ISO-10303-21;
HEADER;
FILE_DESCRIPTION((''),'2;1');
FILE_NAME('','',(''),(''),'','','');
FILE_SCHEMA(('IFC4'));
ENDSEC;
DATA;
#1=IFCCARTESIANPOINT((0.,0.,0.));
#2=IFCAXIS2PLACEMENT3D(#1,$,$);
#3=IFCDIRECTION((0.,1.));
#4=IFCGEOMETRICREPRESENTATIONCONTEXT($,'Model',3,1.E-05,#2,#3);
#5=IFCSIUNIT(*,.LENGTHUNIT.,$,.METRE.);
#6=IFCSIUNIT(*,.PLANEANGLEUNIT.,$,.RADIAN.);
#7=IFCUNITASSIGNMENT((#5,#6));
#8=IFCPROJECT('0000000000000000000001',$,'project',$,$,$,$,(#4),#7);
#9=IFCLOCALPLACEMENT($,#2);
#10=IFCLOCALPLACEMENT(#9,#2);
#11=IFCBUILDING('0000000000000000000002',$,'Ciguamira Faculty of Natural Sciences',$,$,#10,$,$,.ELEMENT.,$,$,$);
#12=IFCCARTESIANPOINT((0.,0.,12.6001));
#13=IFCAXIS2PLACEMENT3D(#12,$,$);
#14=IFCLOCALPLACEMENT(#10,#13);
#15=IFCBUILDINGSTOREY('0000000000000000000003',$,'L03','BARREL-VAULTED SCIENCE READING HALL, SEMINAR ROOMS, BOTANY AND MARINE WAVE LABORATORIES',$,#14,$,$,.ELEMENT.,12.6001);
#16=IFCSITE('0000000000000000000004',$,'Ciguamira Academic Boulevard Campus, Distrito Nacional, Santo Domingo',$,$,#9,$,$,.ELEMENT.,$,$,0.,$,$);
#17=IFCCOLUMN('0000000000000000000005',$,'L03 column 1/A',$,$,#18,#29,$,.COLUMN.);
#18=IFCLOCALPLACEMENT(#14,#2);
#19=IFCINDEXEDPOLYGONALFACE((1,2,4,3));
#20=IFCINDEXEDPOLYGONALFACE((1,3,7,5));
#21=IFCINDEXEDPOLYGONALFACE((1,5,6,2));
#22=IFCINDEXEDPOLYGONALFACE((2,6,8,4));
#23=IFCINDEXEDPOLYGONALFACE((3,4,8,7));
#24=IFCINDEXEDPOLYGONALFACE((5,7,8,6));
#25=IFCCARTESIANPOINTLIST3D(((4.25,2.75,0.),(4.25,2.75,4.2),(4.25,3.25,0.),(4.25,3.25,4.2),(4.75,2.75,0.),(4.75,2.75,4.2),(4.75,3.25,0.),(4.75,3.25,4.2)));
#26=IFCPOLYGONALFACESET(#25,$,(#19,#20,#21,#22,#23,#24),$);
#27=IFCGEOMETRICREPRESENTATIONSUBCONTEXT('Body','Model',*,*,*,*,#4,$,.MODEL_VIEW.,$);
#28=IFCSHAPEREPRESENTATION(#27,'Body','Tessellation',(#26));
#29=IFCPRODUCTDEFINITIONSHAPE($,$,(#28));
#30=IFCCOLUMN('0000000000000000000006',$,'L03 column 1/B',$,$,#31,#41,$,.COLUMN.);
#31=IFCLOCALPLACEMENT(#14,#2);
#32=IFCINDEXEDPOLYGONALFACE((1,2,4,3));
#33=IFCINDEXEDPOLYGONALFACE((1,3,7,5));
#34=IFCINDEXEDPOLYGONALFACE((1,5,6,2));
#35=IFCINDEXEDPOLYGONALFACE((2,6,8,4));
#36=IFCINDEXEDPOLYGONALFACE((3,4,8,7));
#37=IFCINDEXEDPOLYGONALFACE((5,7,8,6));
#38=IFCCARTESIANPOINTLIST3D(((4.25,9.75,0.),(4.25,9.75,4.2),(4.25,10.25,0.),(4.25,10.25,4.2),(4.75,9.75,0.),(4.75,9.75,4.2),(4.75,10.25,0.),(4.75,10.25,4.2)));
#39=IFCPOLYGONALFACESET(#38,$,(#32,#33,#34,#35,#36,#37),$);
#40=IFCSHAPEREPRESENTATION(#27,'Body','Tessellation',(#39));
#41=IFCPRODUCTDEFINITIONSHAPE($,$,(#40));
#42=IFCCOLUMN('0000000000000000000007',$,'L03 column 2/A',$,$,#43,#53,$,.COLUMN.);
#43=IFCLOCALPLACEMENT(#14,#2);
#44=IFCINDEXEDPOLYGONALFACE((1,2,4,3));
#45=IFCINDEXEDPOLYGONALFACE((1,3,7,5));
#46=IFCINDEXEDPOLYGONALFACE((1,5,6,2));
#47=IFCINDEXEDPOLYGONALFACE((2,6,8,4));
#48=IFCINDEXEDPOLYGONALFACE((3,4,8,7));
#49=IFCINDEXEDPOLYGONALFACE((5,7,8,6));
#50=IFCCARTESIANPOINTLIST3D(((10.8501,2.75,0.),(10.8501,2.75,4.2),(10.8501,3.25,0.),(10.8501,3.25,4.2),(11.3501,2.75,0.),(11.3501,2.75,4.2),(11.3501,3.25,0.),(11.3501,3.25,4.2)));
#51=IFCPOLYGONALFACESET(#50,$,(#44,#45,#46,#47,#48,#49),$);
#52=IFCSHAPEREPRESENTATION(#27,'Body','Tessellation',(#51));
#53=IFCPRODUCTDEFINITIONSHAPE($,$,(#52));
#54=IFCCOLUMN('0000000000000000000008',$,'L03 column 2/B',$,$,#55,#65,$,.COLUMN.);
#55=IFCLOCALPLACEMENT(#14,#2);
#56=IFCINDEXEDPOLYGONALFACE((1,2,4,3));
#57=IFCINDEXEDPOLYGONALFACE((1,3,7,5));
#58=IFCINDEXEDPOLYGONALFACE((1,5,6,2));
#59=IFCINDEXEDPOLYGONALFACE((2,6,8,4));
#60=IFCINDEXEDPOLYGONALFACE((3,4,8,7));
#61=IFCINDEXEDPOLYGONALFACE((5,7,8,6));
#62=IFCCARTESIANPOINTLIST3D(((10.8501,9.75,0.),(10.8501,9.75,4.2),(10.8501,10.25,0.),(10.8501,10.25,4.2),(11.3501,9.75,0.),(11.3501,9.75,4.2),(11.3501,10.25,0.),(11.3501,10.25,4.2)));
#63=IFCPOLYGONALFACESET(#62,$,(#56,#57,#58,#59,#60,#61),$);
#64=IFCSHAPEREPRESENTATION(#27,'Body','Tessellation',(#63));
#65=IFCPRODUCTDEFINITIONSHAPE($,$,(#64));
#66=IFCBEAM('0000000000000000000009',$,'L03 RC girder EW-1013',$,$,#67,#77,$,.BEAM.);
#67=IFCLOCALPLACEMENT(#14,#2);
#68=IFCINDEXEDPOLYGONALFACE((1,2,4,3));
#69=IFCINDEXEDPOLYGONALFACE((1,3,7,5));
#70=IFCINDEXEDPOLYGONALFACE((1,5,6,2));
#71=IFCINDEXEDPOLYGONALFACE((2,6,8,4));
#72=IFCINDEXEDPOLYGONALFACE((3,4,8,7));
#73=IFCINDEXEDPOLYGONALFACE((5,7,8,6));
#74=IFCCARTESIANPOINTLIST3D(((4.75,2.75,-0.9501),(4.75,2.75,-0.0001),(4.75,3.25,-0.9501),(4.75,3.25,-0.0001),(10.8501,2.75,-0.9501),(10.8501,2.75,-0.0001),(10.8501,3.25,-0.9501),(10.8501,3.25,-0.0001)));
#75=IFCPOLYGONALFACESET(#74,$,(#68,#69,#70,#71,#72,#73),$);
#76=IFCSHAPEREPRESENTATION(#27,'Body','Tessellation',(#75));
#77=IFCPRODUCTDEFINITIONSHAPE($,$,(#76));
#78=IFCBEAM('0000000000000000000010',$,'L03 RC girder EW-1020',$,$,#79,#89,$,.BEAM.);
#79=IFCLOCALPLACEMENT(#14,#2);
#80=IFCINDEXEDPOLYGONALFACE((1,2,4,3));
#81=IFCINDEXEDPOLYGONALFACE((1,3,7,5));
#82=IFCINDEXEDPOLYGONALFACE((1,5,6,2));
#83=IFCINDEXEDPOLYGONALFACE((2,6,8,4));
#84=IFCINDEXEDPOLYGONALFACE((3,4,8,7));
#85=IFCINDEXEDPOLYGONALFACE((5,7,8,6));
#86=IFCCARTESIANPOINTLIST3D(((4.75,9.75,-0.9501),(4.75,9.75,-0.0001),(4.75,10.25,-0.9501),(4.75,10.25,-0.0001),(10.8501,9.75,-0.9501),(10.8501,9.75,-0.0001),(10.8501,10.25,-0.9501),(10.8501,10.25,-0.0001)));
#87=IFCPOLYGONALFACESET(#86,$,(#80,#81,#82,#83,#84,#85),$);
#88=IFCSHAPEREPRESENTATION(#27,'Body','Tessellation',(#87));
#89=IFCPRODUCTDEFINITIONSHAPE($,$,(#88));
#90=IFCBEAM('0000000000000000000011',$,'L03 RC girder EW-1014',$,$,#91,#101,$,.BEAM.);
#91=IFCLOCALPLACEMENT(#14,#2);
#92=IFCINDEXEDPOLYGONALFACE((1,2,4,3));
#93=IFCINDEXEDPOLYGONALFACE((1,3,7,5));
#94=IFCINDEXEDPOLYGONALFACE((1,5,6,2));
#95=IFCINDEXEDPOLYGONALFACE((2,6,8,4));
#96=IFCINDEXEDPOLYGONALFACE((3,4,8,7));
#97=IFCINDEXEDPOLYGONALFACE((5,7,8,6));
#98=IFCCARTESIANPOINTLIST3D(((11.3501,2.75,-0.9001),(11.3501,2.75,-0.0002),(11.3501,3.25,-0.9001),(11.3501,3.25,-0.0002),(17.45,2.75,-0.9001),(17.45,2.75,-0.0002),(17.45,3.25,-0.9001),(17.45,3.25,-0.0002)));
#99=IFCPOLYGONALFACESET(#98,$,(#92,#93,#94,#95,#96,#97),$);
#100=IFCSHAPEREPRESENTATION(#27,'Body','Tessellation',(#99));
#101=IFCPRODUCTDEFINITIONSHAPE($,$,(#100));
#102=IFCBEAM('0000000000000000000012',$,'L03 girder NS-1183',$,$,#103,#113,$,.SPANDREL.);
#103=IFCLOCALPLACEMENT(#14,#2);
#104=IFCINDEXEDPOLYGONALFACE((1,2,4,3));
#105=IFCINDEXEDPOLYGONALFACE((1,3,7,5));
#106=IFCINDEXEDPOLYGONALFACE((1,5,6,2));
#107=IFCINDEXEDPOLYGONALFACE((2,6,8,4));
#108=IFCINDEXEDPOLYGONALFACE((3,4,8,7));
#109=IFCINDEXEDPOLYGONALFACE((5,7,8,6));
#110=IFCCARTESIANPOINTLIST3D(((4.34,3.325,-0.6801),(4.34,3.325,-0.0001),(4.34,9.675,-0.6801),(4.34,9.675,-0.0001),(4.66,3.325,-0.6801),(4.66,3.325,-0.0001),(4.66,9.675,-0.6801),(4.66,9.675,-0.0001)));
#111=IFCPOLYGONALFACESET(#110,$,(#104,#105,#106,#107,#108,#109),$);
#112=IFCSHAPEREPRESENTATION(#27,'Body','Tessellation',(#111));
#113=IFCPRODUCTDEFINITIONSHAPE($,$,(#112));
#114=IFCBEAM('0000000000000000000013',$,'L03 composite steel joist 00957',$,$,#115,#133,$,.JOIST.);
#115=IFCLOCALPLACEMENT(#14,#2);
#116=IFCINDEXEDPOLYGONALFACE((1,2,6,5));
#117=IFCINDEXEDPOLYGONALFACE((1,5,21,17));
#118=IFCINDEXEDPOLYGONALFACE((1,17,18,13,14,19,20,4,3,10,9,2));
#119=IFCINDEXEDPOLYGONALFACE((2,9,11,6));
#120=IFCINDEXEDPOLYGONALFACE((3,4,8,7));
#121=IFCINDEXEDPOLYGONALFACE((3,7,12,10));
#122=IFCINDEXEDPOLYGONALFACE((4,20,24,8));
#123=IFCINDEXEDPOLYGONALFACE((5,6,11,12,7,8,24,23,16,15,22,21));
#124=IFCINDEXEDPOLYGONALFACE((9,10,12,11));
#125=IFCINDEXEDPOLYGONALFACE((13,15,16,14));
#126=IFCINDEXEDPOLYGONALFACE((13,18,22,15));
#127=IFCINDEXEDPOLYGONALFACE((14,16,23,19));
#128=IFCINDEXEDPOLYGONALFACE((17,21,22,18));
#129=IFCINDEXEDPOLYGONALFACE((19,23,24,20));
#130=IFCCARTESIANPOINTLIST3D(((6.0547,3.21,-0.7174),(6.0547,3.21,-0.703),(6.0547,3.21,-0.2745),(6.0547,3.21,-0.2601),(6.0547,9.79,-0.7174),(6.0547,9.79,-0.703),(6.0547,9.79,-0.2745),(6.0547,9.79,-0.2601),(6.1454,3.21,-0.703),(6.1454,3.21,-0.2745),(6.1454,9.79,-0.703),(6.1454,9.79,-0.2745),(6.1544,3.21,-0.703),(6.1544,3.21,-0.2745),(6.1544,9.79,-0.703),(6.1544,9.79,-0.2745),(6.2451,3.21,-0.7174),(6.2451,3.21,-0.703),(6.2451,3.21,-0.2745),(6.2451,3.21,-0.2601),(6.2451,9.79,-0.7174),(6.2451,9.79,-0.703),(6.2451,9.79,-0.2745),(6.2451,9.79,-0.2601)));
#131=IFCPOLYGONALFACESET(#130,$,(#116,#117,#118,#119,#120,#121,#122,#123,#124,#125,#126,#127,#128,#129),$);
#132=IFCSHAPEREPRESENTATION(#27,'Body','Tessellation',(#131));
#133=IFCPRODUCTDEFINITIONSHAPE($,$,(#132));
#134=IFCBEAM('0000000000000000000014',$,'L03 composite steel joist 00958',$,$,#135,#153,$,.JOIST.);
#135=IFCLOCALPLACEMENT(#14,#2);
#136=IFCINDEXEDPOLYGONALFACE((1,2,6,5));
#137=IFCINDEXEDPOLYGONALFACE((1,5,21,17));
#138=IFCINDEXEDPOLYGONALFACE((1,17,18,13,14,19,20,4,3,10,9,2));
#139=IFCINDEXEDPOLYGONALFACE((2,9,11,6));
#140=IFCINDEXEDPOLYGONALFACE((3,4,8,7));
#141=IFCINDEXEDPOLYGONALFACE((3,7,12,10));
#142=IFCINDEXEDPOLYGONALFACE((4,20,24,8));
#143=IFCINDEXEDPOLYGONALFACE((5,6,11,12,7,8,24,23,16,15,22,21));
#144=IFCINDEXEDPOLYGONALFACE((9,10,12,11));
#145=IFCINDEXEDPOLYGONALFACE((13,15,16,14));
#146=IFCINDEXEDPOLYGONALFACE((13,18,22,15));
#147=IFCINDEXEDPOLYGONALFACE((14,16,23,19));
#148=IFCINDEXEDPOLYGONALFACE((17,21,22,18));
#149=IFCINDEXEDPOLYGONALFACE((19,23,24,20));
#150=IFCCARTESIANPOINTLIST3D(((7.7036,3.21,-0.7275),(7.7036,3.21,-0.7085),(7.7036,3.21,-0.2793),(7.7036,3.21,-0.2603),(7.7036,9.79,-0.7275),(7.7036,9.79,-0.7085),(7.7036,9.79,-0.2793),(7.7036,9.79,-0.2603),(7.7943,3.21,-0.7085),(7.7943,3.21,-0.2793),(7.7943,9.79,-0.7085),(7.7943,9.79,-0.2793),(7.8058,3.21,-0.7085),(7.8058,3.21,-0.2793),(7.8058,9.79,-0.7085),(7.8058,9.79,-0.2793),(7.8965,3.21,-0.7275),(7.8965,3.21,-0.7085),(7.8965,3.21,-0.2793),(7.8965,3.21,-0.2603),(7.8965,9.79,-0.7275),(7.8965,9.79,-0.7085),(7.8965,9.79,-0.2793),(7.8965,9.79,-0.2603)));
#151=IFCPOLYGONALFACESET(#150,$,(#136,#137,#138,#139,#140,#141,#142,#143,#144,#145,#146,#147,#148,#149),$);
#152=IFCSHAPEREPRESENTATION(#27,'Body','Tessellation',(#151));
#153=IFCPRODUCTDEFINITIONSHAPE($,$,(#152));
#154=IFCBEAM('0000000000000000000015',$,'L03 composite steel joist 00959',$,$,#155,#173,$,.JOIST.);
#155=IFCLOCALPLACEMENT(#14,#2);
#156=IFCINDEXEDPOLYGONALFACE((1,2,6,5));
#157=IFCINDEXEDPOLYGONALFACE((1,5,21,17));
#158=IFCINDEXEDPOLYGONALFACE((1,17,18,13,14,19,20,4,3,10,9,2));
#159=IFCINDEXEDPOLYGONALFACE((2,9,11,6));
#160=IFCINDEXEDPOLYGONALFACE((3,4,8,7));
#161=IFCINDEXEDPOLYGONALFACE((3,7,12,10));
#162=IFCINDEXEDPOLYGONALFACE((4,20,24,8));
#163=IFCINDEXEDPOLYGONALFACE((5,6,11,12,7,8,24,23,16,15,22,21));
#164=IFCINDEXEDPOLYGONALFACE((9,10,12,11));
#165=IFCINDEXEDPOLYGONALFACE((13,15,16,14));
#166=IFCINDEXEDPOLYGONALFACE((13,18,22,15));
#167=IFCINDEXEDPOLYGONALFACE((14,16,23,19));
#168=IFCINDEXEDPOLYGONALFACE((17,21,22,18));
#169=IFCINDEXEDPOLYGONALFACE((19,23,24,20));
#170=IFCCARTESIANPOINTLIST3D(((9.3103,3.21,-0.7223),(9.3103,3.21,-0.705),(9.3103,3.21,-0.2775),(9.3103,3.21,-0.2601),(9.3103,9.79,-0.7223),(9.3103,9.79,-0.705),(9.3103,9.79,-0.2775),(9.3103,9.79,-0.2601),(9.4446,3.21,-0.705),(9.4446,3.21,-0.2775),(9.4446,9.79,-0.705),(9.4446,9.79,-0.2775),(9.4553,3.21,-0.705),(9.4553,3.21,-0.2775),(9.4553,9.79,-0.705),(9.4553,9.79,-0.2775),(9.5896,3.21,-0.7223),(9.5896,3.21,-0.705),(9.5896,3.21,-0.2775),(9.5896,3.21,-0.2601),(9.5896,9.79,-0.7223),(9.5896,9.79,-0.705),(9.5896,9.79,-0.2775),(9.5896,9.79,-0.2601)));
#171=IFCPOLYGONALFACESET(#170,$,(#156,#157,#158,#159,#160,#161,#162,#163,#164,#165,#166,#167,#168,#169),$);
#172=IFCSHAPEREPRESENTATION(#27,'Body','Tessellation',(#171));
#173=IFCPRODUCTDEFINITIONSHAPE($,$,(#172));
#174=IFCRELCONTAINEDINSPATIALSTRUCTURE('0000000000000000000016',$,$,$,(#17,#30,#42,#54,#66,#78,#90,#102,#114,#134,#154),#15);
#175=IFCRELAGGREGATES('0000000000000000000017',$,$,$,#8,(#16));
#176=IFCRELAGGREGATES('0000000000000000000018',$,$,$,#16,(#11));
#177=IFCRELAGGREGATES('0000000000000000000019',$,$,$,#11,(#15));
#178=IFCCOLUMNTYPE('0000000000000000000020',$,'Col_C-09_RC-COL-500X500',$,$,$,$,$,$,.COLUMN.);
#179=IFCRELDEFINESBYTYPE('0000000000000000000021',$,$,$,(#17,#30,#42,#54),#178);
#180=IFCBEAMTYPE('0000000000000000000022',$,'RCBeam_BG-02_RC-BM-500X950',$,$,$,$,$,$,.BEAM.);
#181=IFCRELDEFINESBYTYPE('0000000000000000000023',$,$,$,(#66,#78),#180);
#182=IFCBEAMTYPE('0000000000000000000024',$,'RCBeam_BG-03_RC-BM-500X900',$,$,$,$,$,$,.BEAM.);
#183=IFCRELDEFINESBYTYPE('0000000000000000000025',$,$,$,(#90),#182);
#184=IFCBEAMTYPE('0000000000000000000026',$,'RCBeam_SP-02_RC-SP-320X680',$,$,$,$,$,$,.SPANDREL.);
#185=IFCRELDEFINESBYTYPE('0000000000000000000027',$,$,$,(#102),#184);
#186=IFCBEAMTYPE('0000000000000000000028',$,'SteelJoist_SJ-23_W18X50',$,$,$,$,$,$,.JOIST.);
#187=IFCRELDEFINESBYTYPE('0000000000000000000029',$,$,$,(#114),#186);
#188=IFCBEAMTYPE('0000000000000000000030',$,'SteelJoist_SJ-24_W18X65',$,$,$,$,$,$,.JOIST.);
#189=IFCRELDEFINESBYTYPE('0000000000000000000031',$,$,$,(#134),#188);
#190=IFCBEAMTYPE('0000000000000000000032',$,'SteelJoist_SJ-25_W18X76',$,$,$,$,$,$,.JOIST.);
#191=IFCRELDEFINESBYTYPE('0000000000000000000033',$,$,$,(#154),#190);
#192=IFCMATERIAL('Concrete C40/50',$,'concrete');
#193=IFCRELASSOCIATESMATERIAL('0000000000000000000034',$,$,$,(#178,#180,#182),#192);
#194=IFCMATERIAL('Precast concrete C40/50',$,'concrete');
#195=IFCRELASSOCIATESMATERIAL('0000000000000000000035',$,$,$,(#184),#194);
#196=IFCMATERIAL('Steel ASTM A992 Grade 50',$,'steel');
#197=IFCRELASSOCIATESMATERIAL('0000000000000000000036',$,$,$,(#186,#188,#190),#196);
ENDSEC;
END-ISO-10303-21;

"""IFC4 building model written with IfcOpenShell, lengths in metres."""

from ifc_helpers import new_model, si_unit, direction, frame, origin, origin_2d, place, context, subcontext, project, spatial, rectangle, i_section, extrude, material, material_profile, profile_set, type_object, element, save


model = new_model("IFC4")

# Units and contexts
model_context = context("Model", 3, precision=1e-05, world=origin(), true_north=direction((0.0, 1.0)))
body_context = subcontext(model_context, "Body", "Model", "MODEL_VIEW")
ifc_project = project(units=[si_unit("LENGTHUNIT", "METRE"), si_unit("PLANEANGLEUNIT", "RADIAN")], contexts=[model_context])

# Site, building, storey
site_placement = place(None, origin())
site = spatial("IfcSite", under=ifc_project, at=site_placement, Name="Ciguamira Academic Boulevard Campus, Distrito Nacional, Santo Domingo", CompositionType="ELEMENT", RefElevation=0.0)
building_placement = place(site_placement, origin())
building = spatial("IfcBuilding", under=site, at=building_placement, Name="Ciguamira Faculty of Natural Sciences", CompositionType="ELEMENT")
storey_placement = place(building_placement, frame((0.0, 0.0, 12.6001)))
storey = spatial("IfcBuildingStorey", under=building, at=storey_placement, Name="L03", Description="BARREL-VAULTED SCIENCE READING HALL, SEMINAR ROOMS, BOTANY AND MARINE WAVE LABORATORIES", CompositionType="ELEMENT", Elevation=12.6001)

# Columns
ifc_material_1 = material(Name="Concrete C40/50", Category="concrete")
ifc_material_profile_1 = material_profile(ifc_material_1, rectangle(XDim=0.5, YDim=0.5, at=origin_2d()), Name="RC-COL-500X500")
ifc_profile_set_1 = profile_set([ifc_material_profile_1], Name="Concrete C40/50")
column_type = type_object("IfcColumnType", Name="Col_C-09_RC-COL-500X500", PredefinedType="COLUMN", material=ifc_profile_set_1)
for number, where, z_axis, x_axis, name in (
    (1, (4.5, 3.0, 0.0), (0.0, 0.0, 1.0), (1.0, 0.0, 0.0), "L03 column 1/A"),
    (2, (4.5, 10.0, 0.0), (0.0, 0.0, 1.0), (1.0, 0.0, 0.0), "L03 column 1/B"),
    (3, (11.1001, 3.0, 0.0), (0.0, 0.0, 1.0), (1.0, 0.0, 0.0), "L03 column 2/A"),
    (4, (11.1001, 10.0, 0.0), (0.0, 0.0, 1.0), (1.0, 0.0, 0.0), "L03 column 2/B"),
):
    element("IfcColumn", number, at=place(storey_placement, frame(where, z_axis=z_axis, x_axis=x_axis)), inside=storey, type_object=column_type, Name=name, PredefinedType="COLUMN", context=body_context, shape_type="SweptSolid", body=[
        extrude(rectangle(XDim=0.5, YDim=0.5, at=origin_2d()), origin(), (0.0, 0.0, 1.0), 4.2),
    ])

# Beams
ifc_material_profile_2 = material_profile(ifc_material_1, rectangle(XDim=0.5, YDim=0.95, at=origin_2d()), Name="RC-BM-500X950")
ifc_profile_set_2 = profile_set([ifc_material_profile_2], Name="Concrete C40/50")
beam_type_1 = type_object("IfcBeamType", Name="RCBeam_BG-02_RC-BM-500X950", PredefinedType="BEAM", material=ifc_profile_set_2)
for number, where, z_axis, x_axis, name in (
    (5, (4.75, 3.0, -0.4751), (1.0, 0.0, 0.0), (0.0, 1.0, 0.0), "L03 RC girder EW-1013"),
    (6, (4.75, 10.0, -0.4751), (1.0, 0.0, 0.0), (0.0, 1.0, 0.0), "L03 RC girder EW-1020"),
):
    element("IfcBeam", number, at=place(storey_placement, frame(where, z_axis=z_axis, x_axis=x_axis)), inside=storey, type_object=beam_type_1, Name=name, PredefinedType="BEAM", context=body_context, shape_type="SweptSolid", body=[
        extrude(rectangle(XDim=0.5, YDim=0.95, at=origin_2d()), origin(), (0.0, 0.0, 1.0), 6.1001),
    ])
ifc_material_profile_3 = material_profile(ifc_material_1, rectangle(XDim=0.5, YDim=0.8999, at=origin_2d()), Name="RC-BM-500X900")
ifc_profile_set_3 = profile_set([ifc_material_profile_3], Name="Concrete C40/50")
beam_type_2 = type_object("IfcBeamType", Name="RCBeam_BG-03_RC-BM-500X900", PredefinedType="BEAM", material=ifc_profile_set_3)
beam_1_placement = place(storey_placement, frame((11.3501, 3.0, -0.4502), z_axis=(1.0, 0.0, 0.0), x_axis=(0.0, 1.0, 0.0)))
element("IfcBeam", 7, at=beam_1_placement, inside=storey, type_object=beam_type_2, Name="L03 RC girder EW-1014", PredefinedType="BEAM", context=body_context, shape_type="SweptSolid", body=[
    extrude(rectangle(XDim=0.5, YDim=0.8999, at=origin_2d()), origin(), (0.0, 0.0, 1.0), 6.0999),
])
ifc_material_2 = material(Name="Precast concrete C40/50", Category="concrete")
ifc_material_profile_4 = material_profile(ifc_material_2, rectangle(XDim=0.3201, YDim=0.6799, at=origin_2d()), Name="RC-SP-320X680")
ifc_profile_set_4 = profile_set([ifc_material_profile_4], Name="Precast concrete C40/50")
beam_type_3 = type_object("IfcBeamType", Name="RCBeam_SP-02_RC-SP-320X680", PredefinedType="SPANDREL", material=ifc_profile_set_4)
beam_2_placement = place(storey_placement, frame((4.5, 3.325, -0.3401), z_axis=(0.0, 1.0, 0.0), x_axis=(-1.0, 0.0, 0.0)))
element("IfcBeam", 8, at=beam_2_placement, inside=storey, type_object=beam_type_3, Name="L03 girder NS-1183", PredefinedType="SPANDREL", context=body_context, shape_type="SweptSolid", body=[
    extrude(rectangle(XDim=0.3201, YDim=0.6799, at=origin_2d()), origin(), (0.0, 0.0, 1.0), 6.3501),
])
ifc_material_3 = material(Name="Steel ASTM A992 Grade 50", Category="steel")
ifc_material_profile_5 = material_profile(ifc_material_3, i_section(OverallWidth=0.1904, OverallDepth=0.4573, WebThickness=0.009, FlangeThickness=0.0144, at=origin_2d()), Name="W18X50")
ifc_profile_set_5 = profile_set([ifc_material_profile_5], Name="Steel ASTM A992 Grade 50")
beam_type_4 = type_object("IfcBeamType", Name="SteelJoist_SJ-23_W18X50", PredefinedType="JOIST", material=ifc_profile_set_5)
beam_3_placement = place(storey_placement, frame((6.1499, 3.21, -0.4888), z_axis=(0.0, 1.0, 0.0), x_axis=(-1.0, 0.0, 0.0)))
element("IfcBeam", 9, at=beam_3_placement, inside=storey, type_object=beam_type_4, Name="L03 composite steel joist 00957", PredefinedType="JOIST", context=body_context, shape_type="SweptSolid", body=[
    extrude(i_section(OverallWidth=0.1904, OverallDepth=0.4573, WebThickness=0.009, FlangeThickness=0.0144, at=origin_2d()), origin(), (0.0, 0.0, 1.0), 6.5801),
])
ifc_material_profile_6 = material_profile(ifc_material_3, i_section(OverallWidth=0.1929, OverallDepth=0.4673, WebThickness=0.0115, FlangeThickness=0.019, at=origin_2d()), Name="W18X65")
ifc_profile_set_6 = profile_set([ifc_material_profile_6], Name="Steel ASTM A992 Grade 50")
beam_type_5 = type_object("IfcBeamType", Name="SteelJoist_SJ-24_W18X65", PredefinedType="JOIST", material=ifc_profile_set_6)
beam_4_placement = place(storey_placement, frame((7.8, 3.21, -0.4939), z_axis=(0.0, 1.0, 0.0), x_axis=(-1.0, 0.0, 0.0)))
element("IfcBeam", 10, at=beam_4_placement, inside=storey, type_object=beam_type_5, Name="L03 composite steel joist 00958", PredefinedType="JOIST", context=body_context, shape_type="SweptSolid", body=[
    extrude(i_section(OverallWidth=0.1929, OverallDepth=0.4673, WebThickness=0.0115, FlangeThickness=0.019, at=origin_2d()), origin(), (0.0, 0.0, 1.0), 6.5801),
])
ifc_material_profile_7 = material_profile(ifc_material_3, i_section(OverallWidth=0.2793, OverallDepth=0.4622, WebThickness=0.0107, FlangeThickness=0.0173, at=origin_2d()), Name="W18X76")
ifc_profile_set_7 = profile_set([ifc_material_profile_7], Name="Steel ASTM A992 Grade 50")
beam_type_6 = type_object("IfcBeamType", Name="SteelJoist_SJ-25_W18X76", PredefinedType="JOIST", material=ifc_profile_set_7)
beam_5_placement = place(storey_placement, frame((9.45, 3.21, -0.4912), z_axis=(0.0, 1.0, 0.0), x_axis=(-1.0, 0.0, 0.0)))
element("IfcBeam", 11, at=beam_5_placement, inside=storey, type_object=beam_type_6, Name="L03 composite steel joist 00959", PredefinedType="JOIST", context=body_context, shape_type="SweptSolid", body=[
    extrude(i_section(OverallWidth=0.2793, OverallDepth=0.4622, WebThickness=0.0107, FlangeThickness=0.0173, at=origin_2d()), origin(), (0.0, 0.0, 1.0), 6.5801),
])

save(model, "model.ifc")
